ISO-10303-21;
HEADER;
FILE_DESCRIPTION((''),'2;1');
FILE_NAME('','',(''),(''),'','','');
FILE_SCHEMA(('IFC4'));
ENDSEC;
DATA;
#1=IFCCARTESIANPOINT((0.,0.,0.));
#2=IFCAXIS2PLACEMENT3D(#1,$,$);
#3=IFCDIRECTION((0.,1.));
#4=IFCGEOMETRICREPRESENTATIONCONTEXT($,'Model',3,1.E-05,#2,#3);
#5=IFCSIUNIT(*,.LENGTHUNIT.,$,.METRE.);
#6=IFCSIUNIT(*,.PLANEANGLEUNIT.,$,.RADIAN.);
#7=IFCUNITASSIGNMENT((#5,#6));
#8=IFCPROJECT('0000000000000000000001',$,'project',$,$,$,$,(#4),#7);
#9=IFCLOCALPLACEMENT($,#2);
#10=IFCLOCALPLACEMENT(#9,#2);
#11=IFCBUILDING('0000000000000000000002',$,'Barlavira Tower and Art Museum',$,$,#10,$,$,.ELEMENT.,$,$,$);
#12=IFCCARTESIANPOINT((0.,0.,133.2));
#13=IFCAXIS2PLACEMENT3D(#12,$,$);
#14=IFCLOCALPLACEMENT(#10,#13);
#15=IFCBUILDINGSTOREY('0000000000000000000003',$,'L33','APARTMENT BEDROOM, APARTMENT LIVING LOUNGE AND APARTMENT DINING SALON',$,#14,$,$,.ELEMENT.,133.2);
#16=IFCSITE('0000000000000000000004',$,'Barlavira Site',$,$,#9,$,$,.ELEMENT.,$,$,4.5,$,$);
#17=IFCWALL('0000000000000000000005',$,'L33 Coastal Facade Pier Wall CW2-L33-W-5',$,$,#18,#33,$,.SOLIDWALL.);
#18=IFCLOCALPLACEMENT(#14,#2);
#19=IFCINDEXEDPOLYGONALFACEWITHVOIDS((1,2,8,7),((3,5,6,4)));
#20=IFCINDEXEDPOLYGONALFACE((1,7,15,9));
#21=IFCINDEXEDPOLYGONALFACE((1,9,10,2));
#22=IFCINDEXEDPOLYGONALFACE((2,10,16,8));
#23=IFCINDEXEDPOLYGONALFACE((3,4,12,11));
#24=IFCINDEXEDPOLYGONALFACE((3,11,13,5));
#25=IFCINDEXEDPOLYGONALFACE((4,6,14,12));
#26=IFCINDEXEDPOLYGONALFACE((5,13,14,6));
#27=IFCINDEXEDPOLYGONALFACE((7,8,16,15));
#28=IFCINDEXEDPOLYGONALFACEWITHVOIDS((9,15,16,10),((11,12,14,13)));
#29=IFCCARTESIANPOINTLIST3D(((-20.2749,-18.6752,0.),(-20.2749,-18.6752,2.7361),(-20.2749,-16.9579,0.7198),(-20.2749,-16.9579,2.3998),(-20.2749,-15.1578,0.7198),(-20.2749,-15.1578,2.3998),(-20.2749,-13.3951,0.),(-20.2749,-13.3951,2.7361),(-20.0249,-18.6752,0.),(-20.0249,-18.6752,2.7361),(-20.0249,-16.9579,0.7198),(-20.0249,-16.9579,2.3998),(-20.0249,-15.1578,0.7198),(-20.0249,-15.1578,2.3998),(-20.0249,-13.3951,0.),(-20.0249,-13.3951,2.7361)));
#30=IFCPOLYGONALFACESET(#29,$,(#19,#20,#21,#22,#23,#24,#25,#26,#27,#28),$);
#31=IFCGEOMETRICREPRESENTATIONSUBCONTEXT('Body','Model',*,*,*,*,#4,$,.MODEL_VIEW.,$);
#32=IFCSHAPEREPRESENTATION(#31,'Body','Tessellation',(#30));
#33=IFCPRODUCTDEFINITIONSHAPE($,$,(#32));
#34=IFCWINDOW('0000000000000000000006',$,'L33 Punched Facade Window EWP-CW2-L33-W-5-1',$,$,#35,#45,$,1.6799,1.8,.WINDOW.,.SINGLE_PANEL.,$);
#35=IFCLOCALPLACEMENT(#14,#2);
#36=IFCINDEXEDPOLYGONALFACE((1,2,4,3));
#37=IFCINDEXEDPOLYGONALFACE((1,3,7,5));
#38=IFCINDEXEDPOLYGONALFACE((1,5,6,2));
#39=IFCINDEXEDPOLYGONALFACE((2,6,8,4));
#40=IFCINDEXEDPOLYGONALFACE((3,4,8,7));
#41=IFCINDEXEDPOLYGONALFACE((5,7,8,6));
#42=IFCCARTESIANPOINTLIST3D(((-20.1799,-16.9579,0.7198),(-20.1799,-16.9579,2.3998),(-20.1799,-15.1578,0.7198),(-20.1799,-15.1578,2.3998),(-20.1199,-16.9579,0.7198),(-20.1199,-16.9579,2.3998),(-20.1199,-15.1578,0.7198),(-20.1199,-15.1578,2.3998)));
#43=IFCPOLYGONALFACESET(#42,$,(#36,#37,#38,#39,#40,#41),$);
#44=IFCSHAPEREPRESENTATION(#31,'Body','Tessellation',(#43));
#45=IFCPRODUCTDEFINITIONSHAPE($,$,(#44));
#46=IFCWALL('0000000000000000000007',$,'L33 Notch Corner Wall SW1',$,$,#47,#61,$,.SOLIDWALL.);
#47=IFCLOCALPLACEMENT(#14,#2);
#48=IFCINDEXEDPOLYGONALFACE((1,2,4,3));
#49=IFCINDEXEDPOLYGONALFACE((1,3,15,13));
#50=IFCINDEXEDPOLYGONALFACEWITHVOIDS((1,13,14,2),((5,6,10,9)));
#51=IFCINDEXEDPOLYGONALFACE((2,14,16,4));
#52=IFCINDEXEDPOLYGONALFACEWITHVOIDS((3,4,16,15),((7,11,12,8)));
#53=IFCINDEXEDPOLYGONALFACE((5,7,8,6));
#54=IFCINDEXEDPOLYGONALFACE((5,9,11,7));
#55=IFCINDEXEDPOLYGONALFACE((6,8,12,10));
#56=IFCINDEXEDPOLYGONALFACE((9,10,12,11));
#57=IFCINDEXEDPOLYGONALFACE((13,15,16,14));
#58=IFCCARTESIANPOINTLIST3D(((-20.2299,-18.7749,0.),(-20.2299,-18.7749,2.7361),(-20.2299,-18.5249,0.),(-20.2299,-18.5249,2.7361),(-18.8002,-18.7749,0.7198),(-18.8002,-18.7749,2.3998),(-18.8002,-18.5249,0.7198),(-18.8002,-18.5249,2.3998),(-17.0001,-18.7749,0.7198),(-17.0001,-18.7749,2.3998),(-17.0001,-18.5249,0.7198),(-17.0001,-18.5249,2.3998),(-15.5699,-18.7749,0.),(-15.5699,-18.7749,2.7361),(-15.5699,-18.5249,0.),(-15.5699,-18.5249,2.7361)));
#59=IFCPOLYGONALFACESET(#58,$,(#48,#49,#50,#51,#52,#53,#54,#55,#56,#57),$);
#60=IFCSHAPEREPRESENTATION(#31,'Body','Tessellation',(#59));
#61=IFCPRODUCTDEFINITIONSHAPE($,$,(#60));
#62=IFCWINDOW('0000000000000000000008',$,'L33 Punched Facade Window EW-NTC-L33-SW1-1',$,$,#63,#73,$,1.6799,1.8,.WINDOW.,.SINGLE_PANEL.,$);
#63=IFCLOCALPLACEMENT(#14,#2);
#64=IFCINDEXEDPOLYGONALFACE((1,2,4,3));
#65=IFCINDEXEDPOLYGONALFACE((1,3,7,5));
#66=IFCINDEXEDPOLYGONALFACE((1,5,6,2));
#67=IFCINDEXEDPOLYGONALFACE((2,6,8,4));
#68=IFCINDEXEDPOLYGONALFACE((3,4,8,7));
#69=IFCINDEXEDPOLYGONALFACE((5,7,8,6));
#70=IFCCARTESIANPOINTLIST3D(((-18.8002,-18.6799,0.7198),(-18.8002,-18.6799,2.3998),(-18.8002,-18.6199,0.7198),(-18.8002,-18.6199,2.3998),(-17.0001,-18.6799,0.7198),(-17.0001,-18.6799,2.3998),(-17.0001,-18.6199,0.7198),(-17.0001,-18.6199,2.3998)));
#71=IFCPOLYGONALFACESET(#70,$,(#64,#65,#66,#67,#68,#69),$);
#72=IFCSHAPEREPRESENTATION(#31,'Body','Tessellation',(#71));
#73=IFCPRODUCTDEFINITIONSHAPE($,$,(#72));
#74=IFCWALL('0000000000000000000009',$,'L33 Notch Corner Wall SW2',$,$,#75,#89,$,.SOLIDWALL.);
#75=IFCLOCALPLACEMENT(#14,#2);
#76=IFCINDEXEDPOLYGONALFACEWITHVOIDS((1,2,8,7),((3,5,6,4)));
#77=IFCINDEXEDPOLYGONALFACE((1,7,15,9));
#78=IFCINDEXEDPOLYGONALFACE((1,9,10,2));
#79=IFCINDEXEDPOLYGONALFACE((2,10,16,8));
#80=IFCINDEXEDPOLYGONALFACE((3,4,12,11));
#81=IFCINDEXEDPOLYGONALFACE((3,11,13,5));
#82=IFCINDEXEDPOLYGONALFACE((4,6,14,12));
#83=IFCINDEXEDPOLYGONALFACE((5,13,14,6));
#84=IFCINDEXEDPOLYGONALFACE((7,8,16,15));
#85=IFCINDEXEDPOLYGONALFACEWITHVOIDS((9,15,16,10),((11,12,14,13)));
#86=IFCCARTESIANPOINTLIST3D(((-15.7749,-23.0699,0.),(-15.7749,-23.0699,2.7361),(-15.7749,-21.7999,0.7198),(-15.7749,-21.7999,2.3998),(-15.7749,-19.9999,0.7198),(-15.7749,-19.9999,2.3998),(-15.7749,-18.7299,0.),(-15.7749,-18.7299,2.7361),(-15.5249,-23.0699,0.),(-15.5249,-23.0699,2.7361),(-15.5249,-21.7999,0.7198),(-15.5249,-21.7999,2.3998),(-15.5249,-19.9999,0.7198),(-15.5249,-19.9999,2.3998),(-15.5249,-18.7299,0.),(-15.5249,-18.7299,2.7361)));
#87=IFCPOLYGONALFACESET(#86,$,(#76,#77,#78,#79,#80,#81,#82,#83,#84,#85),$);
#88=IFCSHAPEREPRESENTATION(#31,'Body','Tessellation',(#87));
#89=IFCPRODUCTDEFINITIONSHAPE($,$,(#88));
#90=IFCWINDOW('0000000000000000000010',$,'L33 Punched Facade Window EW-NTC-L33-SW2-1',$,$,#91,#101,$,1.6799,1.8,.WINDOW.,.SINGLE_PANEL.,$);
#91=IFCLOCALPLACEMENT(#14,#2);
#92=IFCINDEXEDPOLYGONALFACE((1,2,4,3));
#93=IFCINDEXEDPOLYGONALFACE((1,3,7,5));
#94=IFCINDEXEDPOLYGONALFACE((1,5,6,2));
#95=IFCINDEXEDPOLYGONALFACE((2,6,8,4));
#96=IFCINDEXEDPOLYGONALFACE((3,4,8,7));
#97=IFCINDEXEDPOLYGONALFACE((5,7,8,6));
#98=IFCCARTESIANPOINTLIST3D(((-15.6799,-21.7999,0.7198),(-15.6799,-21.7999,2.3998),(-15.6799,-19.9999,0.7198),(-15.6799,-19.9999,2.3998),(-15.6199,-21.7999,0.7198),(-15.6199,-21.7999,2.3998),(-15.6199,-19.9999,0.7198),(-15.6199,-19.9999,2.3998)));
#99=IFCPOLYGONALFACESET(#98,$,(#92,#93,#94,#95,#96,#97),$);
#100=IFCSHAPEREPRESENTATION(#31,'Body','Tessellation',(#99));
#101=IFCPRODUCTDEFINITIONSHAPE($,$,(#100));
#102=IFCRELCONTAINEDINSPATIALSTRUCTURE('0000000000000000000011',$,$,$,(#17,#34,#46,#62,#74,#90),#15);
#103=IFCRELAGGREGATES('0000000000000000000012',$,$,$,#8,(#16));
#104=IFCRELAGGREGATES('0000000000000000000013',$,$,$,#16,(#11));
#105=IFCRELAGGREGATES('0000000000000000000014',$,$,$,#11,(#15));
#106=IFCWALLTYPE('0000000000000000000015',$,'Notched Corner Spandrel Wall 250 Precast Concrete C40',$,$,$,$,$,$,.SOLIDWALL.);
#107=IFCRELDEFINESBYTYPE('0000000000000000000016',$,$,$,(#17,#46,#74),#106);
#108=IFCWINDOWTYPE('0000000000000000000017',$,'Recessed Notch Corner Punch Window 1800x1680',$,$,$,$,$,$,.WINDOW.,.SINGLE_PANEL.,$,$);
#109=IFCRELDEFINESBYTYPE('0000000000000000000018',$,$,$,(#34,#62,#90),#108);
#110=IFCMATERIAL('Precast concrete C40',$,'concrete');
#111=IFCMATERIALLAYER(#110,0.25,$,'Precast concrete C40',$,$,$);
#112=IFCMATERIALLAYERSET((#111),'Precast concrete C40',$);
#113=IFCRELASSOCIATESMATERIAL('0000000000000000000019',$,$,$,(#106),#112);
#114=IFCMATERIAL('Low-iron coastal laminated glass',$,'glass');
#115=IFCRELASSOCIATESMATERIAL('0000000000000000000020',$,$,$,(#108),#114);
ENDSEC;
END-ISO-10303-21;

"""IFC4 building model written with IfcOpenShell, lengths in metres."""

from ifc_helpers import new_model, si_unit, direction, frame, frame_2d, origin, place, context, subcontext, project, spatial, rectangle, extrude, material, layer, layer_set, type_object, element, fill, save


model = new_model("IFC4")

# Units and contexts
model_context = context("Model", 3, precision=1e-05, world=origin(), true_north=direction((0.0, 1.0)))
body_context = subcontext(model_context, "Body", "Model", "MODEL_VIEW")
ifc_project = project(units=[si_unit("LENGTHUNIT", "METRE"), si_unit("PLANEANGLEUNIT", "RADIAN")], contexts=[model_context])

# Site, building, storey
site_placement = place(None, origin())
site = spatial("IfcSite", under=ifc_project, at=site_placement, Name="Barlavira Site", CompositionType="ELEMENT", RefElevation=4.5)
building_placement = place(site_placement, origin())
building = spatial("IfcBuilding", under=site, at=building_placement, Name="Barlavira Tower and Art Museum", CompositionType="ELEMENT")
storey_placement = place(building_placement, frame((0.0, 0.0, 133.2)))
storey = spatial("IfcBuildingStorey", under=building, at=storey_placement, Name="L33", Description="APARTMENT BEDROOM, APARTMENT LIVING LOUNGE AND APARTMENT DINING SALON", CompositionType="ELEMENT", Elevation=133.2)

# Walls, openings, windows
ifc_material_1 = material(Name="Precast concrete C40", Category="concrete")
ifc_layer_1 = layer(ifc_material_1, 0.25, Name="Precast concrete C40")
ifc_layer_set_1 = layer_set([ifc_layer_1], Name="Precast concrete C40")
wall_type_1 = type_object("IfcWallType", Name="Notched Corner Spandrel Wall 250 Precast Concrete C40", PredefinedType="SOLIDWALL", material=ifc_layer_set_1)
ifc_material_2 = material(Name="Low-iron coastal laminated glass", Category="glass")
window_type = type_object("IfcWindowType", Name="Recessed Notch Corner Punch Window 1800x1680", PartitioningType="SINGLE_PANEL", PredefinedType="WINDOW", material=ifc_material_2)
wall_1_placement = place(storey_placement, frame((-20.1499, -13.395, 0.0), z_axis=(0.0, 0.0, 1.0), x_axis=(0.0, -1.0, 0.0)))
wall_1 = element("IfcWall", 1, at=wall_1_placement, inside=storey, type_object=wall_type_1, Name="L33 Coastal Facade Pier Wall CW2-L33-W-5", PredefinedType="SOLIDWALL", context=body_context, shape_type="SweptSolid", body=[
    extrude(rectangle(XDim=5.28, YDim=0.25, at=frame_2d((2.6401, 0.0))), origin(), (0.0, 0.0, 1.0), 2.7361),
])
opening_1_placement = place(wall_1_placement, frame((1.7629, 0.0, 0.72)))
opening_1 = element("IfcOpeningElement", 2, at=opening_1_placement, cuts=wall_1, PredefinedType="OPENING", context=body_context, shape_type="SweptSolid", body=[
    extrude(rectangle(XDim=1.8, YDim=1.6799, at=frame_2d((0.8999, 0.8398))), frame((0.0, 0.135, 0.0), z_axis=(0.0, -1.0, 0.0), x_axis=(1.0, 0.0, 0.0)), (0.0, 0.0, 1.0), 0.27),
])
window_1_placement = place(opening_1_placement, origin())
window_1 = element("IfcWindow", 3, at=window_1_placement, inside=storey, type_object=window_type, Name="L33 Punched Facade Window EWP-CW2-L33-W-5-1", OverallHeight=1.6799, OverallWidth=1.8, PartitioningType="SINGLE_PANEL", PredefinedType="WINDOW", context=body_context, shape_type="SweptSolid", body=[
    extrude(rectangle(XDim=1.8, YDim=1.6799, at=frame_2d((0.8999, 0.8398))), frame((0.0, 0.03, 0.0), z_axis=(0.0, -1.0, 0.0), x_axis=(1.0, 0.0, 0.0)), (0.0, 0.0, 1.0), 0.0601),
])
fill(opening_1, window_1)
wall_2_placement = place(storey_placement, frame((-20.23, -18.6499, 0.0), z_axis=(0.0, 0.0, 1.0), x_axis=(1.0, 0.0, 0.0)))
wall_2 = element("IfcWall", 4, at=wall_2_placement, inside=storey, type_object=wall_type_1, Name="L33 Notch Corner Wall SW1", PredefinedType="SOLIDWALL", context=body_context, shape_type="SweptSolid", body=[
    extrude(rectangle(XDim=4.6599, YDim=0.25, at=frame_2d((2.3301, 0.0))), origin(), (0.0, 0.0, 1.0), 2.7361),
])
opening_2_placement = place(wall_2_placement, frame((1.4299, 0.0, 0.72)))
opening_2 = element("IfcOpeningElement", 5, at=opening_2_placement, cuts=wall_2, PredefinedType="OPENING", context=body_context, shape_type="SweptSolid", body=[
    extrude(rectangle(XDim=1.8, YDim=1.6799, at=frame_2d((0.8999, 0.8398))), frame((0.0, 0.135, 0.0), z_axis=(0.0, -1.0, 0.0), x_axis=(1.0, 0.0, 0.0)), (0.0, 0.0, 1.0), 0.27),
])
window_2_placement = place(opening_2_placement, origin())
window_2 = element("IfcWindow", 6, at=window_2_placement, inside=storey, type_object=window_type, Name="L33 Punched Facade Window EW-NTC-L33-SW1-1", OverallHeight=1.6799, OverallWidth=1.8, PartitioningType="SINGLE_PANEL", PredefinedType="WINDOW", context=body_context, shape_type="SweptSolid", body=[
    extrude(rectangle(XDim=1.8, YDim=1.6799, at=frame_2d((0.8999, 0.8398))), frame((0.0, 0.03, 0.0), z_axis=(0.0, -1.0, 0.0), x_axis=(1.0, 0.0, 0.0)), (0.0, 0.0, 1.0), 0.0601),
])
fill(opening_2, window_2)
wall_3_placement = place(storey_placement, frame((-15.6499, -18.73, 0.0), z_axis=(0.0, 0.0, 1.0), x_axis=(0.0, -1.0, 0.0)))
wall_3 = element("IfcWall", 7, at=wall_3_placement, inside=storey, type_object=wall_type_1, Name="L33 Notch Corner Wall SW2", PredefinedType="SOLIDWALL", context=body_context, shape_type="SweptSolid", body=[
    extrude(rectangle(XDim=4.3401, YDim=0.25, at=frame_2d((2.1699, 0.0))), origin(), (0.0, 0.0, 1.0), 2.7361),
])
opening_3_placement = place(wall_3_placement, frame((1.27, 0.0, 0.72)))
opening_3 = element("IfcOpeningElement", 8, at=opening_3_placement, cuts=wall_3, PredefinedType="OPENING", context=body_context, shape_type="SweptSolid", body=[
    extrude(rectangle(XDim=1.8, YDim=1.6799, at=frame_2d((0.8999, 0.8398))), frame((0.0, 0.135, 0.0), z_axis=(0.0, -1.0, 0.0), x_axis=(1.0, 0.0, 0.0)), (0.0, 0.0, 1.0), 0.27),
])
window_3_placement = place(opening_3_placement, origin())
window_3 = element("IfcWindow", 9, at=window_3_placement, inside=storey, type_object=window_type, Name="L33 Punched Facade Window EW-NTC-L33-SW2-1", OverallHeight=1.6799, OverallWidth=1.8, PartitioningType="SINGLE_PANEL", PredefinedType="WINDOW", context=body_context, shape_type="SweptSolid", body=[
    extrude(rectangle(XDim=1.8, YDim=1.6799, at=frame_2d((0.8999, 0.8398))), frame((0.0, 0.03, 0.0), z_axis=(0.0, -1.0, 0.0), x_axis=(1.0, 0.0, 0.0)), (0.0, 0.0, 1.0), 0.0601),
])
fill(opening_3, window_3)

save(model, "model.ifc")
